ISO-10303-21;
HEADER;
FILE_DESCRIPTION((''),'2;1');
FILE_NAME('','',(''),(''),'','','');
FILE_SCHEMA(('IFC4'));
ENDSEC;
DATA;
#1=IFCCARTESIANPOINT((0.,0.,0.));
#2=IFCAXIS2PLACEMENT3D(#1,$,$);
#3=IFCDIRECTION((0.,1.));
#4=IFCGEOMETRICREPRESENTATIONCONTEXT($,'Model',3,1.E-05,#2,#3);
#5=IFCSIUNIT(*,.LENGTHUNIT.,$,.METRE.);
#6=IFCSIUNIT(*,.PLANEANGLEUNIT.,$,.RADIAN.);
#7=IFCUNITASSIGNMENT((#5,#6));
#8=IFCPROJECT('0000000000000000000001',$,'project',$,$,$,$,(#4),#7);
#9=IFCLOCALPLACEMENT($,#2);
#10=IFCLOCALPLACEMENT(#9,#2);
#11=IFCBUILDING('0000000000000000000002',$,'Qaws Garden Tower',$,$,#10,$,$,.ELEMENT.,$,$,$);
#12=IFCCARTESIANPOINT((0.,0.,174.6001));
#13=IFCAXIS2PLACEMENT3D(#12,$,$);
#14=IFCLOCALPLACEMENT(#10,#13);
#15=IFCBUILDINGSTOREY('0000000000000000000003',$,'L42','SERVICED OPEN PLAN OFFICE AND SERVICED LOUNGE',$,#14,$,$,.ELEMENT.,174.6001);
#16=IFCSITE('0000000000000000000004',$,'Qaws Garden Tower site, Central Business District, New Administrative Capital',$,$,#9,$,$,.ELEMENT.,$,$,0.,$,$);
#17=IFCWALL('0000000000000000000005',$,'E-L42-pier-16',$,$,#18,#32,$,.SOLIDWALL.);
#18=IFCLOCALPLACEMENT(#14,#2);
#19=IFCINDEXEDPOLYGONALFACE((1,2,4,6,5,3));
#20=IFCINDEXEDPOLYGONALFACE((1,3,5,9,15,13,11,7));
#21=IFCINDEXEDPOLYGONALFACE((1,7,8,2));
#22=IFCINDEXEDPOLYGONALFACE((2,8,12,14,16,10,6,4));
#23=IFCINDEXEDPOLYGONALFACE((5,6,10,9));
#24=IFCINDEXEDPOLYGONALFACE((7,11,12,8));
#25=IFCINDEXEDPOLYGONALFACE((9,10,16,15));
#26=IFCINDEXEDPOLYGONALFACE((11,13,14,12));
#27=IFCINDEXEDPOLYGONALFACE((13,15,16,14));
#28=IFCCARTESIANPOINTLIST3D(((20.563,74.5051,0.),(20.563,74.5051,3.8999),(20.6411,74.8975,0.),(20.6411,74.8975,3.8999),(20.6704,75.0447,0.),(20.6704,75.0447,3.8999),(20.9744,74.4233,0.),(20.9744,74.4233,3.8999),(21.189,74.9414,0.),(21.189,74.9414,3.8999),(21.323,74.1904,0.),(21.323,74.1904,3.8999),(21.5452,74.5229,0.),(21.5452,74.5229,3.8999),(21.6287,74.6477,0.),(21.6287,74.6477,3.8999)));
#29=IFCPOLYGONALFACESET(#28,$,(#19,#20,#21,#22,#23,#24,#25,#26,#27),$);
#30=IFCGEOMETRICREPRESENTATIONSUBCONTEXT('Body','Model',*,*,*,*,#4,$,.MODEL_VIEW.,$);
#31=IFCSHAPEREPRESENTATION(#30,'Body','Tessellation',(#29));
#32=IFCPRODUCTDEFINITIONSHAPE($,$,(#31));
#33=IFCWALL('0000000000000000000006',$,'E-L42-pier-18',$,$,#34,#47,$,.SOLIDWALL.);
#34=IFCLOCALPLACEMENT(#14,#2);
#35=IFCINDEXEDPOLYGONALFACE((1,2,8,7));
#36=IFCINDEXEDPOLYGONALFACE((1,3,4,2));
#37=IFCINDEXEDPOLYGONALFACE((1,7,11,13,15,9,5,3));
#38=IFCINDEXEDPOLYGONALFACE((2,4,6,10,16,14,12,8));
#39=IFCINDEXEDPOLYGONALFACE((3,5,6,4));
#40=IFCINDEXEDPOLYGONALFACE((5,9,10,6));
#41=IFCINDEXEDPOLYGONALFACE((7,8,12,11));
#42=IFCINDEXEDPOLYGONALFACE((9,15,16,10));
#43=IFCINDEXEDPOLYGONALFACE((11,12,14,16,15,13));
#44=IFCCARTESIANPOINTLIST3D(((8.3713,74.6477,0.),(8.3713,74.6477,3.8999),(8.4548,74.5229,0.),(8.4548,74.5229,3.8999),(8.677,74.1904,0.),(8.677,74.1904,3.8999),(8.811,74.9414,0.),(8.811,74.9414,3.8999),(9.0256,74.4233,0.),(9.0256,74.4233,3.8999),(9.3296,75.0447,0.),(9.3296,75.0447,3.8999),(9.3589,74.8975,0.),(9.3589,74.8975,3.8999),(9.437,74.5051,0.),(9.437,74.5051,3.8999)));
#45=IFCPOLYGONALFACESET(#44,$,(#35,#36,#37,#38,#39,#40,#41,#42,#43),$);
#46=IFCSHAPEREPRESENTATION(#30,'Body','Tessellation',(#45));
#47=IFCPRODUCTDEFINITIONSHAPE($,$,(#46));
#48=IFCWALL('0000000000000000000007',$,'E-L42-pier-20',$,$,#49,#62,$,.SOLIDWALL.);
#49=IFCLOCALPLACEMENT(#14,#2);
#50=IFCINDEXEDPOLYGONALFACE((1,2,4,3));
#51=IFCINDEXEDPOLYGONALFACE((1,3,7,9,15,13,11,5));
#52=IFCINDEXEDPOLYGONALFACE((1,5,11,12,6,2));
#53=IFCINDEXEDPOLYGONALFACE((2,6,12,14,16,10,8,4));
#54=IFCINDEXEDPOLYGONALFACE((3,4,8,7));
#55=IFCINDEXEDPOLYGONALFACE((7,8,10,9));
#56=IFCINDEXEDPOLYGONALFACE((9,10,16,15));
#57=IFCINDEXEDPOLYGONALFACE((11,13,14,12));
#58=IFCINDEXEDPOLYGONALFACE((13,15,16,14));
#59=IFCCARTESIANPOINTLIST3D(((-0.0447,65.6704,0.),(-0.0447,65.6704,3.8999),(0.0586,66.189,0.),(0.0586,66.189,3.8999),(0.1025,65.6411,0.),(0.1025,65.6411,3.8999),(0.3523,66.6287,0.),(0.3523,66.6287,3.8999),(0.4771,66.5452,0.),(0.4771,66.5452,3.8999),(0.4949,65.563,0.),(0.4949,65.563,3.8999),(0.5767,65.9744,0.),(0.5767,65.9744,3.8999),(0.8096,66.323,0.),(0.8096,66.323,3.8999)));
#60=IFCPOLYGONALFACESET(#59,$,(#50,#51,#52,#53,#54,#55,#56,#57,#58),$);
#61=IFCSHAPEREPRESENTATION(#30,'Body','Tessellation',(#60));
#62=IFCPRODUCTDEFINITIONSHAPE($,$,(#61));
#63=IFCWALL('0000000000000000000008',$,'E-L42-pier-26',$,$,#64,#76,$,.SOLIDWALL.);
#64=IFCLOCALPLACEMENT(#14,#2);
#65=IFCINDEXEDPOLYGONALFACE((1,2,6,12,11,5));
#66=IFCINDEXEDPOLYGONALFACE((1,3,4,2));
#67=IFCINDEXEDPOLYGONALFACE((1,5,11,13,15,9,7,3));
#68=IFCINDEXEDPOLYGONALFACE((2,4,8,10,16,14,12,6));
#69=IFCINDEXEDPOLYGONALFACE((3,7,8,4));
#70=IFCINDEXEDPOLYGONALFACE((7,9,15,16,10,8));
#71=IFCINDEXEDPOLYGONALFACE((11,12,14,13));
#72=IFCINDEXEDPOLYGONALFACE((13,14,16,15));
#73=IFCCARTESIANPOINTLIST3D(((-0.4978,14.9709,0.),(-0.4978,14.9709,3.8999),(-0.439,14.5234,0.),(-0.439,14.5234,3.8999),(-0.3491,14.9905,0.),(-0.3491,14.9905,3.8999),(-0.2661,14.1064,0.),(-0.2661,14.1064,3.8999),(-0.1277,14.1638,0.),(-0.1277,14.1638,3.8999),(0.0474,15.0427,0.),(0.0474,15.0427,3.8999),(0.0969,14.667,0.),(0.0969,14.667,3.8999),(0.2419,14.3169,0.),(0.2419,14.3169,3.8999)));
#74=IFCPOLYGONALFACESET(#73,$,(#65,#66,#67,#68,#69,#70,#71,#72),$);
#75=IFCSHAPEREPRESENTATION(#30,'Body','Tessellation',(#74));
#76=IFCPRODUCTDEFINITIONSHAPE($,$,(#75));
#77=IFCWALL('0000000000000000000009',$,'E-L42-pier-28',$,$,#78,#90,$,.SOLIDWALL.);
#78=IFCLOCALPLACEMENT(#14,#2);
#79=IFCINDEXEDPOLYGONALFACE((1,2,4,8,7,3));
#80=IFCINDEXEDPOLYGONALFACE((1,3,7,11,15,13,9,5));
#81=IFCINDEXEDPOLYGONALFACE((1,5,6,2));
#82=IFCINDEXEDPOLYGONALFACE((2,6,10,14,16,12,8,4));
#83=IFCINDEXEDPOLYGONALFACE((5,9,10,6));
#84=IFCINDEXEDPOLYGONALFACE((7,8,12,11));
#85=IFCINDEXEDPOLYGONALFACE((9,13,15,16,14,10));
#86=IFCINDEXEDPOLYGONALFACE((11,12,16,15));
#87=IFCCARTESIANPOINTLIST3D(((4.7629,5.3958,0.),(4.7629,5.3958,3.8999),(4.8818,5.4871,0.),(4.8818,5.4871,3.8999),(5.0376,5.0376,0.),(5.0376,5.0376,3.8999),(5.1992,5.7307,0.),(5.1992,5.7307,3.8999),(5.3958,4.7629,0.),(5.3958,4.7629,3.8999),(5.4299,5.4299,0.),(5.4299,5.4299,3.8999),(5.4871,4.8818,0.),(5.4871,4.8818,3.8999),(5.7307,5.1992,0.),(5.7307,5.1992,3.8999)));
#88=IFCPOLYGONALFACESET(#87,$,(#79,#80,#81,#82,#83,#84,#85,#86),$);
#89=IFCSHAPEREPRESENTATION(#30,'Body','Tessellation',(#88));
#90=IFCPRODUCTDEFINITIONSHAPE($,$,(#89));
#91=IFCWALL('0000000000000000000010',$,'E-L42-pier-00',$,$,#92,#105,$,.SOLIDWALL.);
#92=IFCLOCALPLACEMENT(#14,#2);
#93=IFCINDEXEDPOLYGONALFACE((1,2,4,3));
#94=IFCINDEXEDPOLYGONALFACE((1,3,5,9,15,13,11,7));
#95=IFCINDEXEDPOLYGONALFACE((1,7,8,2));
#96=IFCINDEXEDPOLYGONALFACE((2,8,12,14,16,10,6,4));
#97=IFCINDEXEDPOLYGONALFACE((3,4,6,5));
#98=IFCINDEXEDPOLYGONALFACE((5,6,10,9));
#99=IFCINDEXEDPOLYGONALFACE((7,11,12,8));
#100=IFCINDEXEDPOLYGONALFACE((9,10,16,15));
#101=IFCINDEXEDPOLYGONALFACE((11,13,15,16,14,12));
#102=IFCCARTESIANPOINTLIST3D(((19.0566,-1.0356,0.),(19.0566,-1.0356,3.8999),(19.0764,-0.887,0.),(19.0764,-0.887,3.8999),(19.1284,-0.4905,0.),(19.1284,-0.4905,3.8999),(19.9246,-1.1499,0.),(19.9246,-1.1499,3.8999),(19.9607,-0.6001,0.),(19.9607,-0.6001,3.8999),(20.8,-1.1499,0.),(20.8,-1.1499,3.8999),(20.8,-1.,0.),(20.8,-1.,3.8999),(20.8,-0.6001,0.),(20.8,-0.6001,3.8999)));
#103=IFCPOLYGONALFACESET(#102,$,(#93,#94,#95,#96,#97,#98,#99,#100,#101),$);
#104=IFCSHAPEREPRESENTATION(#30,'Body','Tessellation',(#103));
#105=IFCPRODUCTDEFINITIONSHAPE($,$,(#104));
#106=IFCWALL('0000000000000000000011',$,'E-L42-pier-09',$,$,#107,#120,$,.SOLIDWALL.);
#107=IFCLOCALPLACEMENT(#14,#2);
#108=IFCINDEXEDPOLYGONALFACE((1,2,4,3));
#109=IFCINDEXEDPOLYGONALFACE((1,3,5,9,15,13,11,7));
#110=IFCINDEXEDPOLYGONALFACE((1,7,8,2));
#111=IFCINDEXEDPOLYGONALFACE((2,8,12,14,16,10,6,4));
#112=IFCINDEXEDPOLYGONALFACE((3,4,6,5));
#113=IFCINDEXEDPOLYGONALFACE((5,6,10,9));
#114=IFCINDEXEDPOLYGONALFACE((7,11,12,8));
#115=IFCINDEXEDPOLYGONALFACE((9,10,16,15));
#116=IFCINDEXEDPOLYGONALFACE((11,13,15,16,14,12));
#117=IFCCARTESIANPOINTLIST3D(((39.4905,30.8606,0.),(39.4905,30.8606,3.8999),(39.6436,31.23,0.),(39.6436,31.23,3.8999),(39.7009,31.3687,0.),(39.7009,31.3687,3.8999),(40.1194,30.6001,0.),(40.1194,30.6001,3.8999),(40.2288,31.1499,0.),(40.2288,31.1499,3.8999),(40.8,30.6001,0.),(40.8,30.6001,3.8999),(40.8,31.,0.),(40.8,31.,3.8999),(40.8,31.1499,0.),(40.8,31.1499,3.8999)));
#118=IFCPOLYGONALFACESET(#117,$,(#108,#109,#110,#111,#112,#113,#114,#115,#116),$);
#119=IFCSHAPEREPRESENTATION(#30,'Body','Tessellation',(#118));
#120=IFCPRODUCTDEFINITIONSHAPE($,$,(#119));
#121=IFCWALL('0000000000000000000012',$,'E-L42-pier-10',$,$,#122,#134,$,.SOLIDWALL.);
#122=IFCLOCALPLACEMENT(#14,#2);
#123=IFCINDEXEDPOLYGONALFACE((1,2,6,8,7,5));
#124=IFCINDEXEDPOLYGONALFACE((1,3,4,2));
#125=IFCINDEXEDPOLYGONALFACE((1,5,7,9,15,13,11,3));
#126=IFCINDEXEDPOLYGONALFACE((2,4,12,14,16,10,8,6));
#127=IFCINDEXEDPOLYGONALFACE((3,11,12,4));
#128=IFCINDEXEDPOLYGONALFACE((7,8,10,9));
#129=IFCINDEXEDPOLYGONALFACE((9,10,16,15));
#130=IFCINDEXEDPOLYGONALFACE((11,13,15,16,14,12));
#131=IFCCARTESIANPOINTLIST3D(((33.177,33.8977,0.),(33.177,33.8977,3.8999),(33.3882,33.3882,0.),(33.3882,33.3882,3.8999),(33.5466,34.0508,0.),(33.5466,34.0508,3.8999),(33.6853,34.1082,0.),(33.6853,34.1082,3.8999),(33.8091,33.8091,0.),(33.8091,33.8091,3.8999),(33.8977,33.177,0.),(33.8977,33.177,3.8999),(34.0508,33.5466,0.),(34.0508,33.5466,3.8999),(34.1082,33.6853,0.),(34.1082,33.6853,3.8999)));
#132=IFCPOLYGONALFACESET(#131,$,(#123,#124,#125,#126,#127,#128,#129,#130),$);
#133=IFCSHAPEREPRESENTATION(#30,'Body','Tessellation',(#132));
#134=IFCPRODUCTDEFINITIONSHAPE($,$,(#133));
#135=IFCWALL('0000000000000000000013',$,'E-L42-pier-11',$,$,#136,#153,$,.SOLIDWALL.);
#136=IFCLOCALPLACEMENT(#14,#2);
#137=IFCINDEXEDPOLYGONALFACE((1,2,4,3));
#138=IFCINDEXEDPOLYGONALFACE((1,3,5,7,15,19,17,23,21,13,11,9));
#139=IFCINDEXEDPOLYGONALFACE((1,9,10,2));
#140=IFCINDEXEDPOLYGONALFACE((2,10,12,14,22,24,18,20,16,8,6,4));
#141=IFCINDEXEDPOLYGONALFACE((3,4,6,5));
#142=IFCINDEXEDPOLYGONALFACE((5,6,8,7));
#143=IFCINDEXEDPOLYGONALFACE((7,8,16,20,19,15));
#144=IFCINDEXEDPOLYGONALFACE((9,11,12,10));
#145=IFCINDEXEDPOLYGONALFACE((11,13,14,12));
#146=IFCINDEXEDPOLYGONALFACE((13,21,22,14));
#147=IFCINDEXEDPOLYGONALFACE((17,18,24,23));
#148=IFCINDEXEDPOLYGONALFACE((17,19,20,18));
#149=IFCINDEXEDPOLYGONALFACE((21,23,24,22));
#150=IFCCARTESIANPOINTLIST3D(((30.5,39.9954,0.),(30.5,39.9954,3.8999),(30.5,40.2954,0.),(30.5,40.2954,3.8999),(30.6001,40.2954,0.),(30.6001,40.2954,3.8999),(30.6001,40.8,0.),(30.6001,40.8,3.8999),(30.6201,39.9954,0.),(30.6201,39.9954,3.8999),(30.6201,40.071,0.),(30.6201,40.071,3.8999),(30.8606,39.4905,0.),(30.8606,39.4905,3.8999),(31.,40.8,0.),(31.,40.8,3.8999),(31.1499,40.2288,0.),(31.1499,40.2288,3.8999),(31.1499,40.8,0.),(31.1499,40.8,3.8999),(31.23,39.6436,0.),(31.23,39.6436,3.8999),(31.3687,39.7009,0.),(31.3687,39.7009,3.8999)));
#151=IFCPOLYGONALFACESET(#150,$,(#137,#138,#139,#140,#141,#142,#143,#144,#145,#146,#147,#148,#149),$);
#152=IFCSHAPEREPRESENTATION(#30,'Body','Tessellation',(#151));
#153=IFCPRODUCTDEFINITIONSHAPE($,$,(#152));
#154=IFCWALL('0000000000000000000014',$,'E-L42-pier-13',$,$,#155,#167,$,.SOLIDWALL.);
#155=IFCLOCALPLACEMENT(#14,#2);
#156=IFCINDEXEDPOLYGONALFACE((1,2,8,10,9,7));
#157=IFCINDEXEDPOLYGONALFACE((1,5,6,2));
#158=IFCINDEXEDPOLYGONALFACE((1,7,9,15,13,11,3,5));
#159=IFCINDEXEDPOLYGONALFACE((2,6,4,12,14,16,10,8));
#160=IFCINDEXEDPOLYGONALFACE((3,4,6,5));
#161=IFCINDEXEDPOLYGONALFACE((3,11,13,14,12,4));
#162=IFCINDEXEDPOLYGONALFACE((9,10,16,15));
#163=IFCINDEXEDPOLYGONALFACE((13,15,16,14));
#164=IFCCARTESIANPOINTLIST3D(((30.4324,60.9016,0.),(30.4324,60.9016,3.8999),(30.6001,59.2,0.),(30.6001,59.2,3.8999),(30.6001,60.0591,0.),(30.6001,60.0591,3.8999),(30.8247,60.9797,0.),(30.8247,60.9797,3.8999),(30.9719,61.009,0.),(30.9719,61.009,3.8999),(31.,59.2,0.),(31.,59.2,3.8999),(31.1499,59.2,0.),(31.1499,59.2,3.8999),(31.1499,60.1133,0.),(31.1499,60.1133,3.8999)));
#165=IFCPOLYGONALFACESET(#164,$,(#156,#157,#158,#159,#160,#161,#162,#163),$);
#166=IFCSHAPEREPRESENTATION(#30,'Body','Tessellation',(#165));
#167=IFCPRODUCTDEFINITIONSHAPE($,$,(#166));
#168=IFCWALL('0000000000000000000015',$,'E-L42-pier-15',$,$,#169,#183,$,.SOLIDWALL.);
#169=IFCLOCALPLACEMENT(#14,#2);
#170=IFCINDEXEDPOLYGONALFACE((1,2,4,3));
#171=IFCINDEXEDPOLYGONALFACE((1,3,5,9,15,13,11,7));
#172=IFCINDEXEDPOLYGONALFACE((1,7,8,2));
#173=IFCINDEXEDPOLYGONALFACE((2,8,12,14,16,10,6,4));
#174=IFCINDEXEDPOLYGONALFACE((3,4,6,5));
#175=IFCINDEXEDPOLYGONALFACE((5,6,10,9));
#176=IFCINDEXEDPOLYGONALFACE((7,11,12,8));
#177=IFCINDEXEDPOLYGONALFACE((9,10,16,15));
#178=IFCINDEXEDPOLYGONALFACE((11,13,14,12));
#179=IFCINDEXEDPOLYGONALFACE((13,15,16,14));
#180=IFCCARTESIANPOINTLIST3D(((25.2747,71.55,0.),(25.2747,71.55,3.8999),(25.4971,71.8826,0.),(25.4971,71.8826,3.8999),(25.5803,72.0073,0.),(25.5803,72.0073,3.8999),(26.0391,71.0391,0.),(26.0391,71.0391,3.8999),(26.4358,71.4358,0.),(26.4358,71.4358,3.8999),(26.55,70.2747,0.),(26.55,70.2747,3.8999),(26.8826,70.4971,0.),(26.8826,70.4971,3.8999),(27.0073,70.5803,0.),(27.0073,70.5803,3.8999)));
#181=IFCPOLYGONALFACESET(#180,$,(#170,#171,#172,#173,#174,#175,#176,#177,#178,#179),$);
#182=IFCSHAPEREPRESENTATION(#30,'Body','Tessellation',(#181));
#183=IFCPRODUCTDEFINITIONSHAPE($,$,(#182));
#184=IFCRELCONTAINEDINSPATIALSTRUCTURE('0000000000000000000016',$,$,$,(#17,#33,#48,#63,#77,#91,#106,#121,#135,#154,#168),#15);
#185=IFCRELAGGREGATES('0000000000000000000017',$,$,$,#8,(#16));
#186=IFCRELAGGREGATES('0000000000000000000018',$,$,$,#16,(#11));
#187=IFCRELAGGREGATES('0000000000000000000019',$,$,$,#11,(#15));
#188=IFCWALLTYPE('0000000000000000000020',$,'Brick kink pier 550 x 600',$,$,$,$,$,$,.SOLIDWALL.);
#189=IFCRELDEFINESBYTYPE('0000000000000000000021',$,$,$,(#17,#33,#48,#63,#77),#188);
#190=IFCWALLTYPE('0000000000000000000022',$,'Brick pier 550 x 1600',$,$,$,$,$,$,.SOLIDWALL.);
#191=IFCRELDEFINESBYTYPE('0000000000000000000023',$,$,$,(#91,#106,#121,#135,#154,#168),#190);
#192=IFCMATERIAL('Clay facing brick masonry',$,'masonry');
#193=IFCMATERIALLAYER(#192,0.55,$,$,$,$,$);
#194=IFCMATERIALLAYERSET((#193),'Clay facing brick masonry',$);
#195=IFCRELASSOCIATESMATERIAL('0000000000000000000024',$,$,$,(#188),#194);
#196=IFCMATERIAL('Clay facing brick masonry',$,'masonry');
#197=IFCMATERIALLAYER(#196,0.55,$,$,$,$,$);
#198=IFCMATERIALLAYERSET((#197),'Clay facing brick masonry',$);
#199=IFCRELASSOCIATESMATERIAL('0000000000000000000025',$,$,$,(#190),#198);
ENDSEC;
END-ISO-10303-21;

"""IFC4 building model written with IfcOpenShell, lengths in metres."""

from ifc_helpers import new_model, si_unit, direction, frame, origin, place, context, subcontext, project, spatial, polyline, outline, extrude, material, layer, layer_set, type_object, element, save


model = new_model("IFC4")

# Units and contexts
model_context = context("Model", 3, precision=1e-05, world=origin(), true_north=direction((0.0, 1.0)))
body_context = subcontext(model_context, "Body", "Model", "MODEL_VIEW")
ifc_project = project(units=[si_unit("LENGTHUNIT", "METRE"), si_unit("PLANEANGLEUNIT", "RADIAN")], contexts=[model_context])

# Site, building, storey
site_placement = place(None, origin())
site = spatial("IfcSite", under=ifc_project, at=site_placement, Name="Qaws Garden Tower site, Central Business District, New Administrative Capital", CompositionType="ELEMENT", RefElevation=0.0)
building_placement = place(site_placement, origin())
building = spatial("IfcBuilding", under=site, at=building_placement, Name="Qaws Garden Tower", CompositionType="ELEMENT")
storey_placement = place(building_placement, frame((0.0, 0.0, 174.6001)))
storey = spatial("IfcBuildingStorey", under=building, at=storey_placement, Name="L42", Description="SERVICED OPEN PLAN OFFICE AND SERVICED LOUNGE", CompositionType="ELEMENT", Elevation=174.6001)

# Walls
placement = place(storey_placement, origin())
ifc_material_1 = material(Name="Clay facing brick masonry", Category="masonry")
ifc_layer_1 = layer(ifc_material_1, 0.55)
ifc_layer_set_1 = layer_set([ifc_layer_1], Name="Clay facing brick masonry")
wall_type_1 = type_object("IfcWallType", Name="Brick kink pier 550 x 600", PredefinedType="SOLIDWALL", material=ifc_layer_set_1)
element("IfcWall", 1, at=placement, inside=storey, type_object=wall_type_1, Name="E-L42-pier-16", PredefinedType="SOLIDWALL", context=body_context, shape_type="SweptSolid", body=[
    extrude(outline(polyline([(21.5452, 74.5229), (21.6287, 74.6477), (21.189, 74.9414), (20.6704, 75.0447), (20.6411, 74.8975), (20.563, 74.5051), (20.9744, 74.4233), (21.323, 74.1904), (21.5452, 74.5229)])), origin(), (0.0, 0.0, 1.0), 3.8999),
])
element("IfcWall", 2, at=placement, inside=storey, type_object=wall_type_1, Name="E-L42-pier-18", PredefinedType="SOLIDWALL", context=body_context, shape_type="SweptSolid", body=[
    extrude(outline(polyline([(9.3589, 74.8975), (9.3296, 75.0447), (8.811, 74.9414), (8.3713, 74.6477), (8.4548, 74.5229), (8.677, 74.1904), (9.0256, 74.4233), (9.437, 74.5051), (9.3589, 74.8975)])), origin(), (0.0, 0.0, 1.0), 3.8999),
])
element("IfcWall", 3, at=placement, inside=storey, type_object=wall_type_1, Name="E-L42-pier-20", PredefinedType="SOLIDWALL", context=body_context, shape_type="SweptSolid", body=[
    extrude(outline(polyline([(0.4771, 66.5452), (0.3523, 66.6287), (0.0586, 66.189), (-0.0447, 65.6704), (0.1025, 65.6411), (0.4949, 65.563), (0.5767, 65.9744), (0.8096, 66.323), (0.4771, 66.5452)])), origin(), (0.0, 0.0, 1.0), 3.8999),
])
element("IfcWall", 4, at=placement, inside=storey, type_object=wall_type_1, Name="E-L42-pier-26", PredefinedType="SOLIDWALL", context=body_context, shape_type="SweptSolid", body=[
    extrude(outline(polyline([(-0.3491, 14.9905), (-0.4978, 14.9709), (-0.439, 14.5234), (-0.2661, 14.1064), (-0.1277, 14.1638), (0.2419, 14.3169), (0.0969, 14.667), (0.0474, 15.0427), (-0.3491, 14.9905)])), origin(), (0.0, 0.0, 1.0), 3.8999),
])
element("IfcWall", 5, at=placement, inside=storey, type_object=wall_type_1, Name="E-L42-pier-28", PredefinedType="SOLIDWALL", context=body_context, shape_type="SweptSolid", body=[
    extrude(outline(polyline([(4.8818, 5.4871), (4.7629, 5.3958), (5.0376, 5.0376), (5.3958, 4.7629), (5.4871, 4.8818), (5.7307, 5.1992), (5.4299, 5.4299), (5.1992, 5.7307), (4.8818, 5.4871)])), origin(), (0.0, 0.0, 1.0), 3.8999),
])
ifc_material_2 = material(Name="Clay facing brick masonry", Category="masonry")
ifc_layer_2 = layer(ifc_material_2, 0.55)
ifc_layer_set_2 = layer_set([ifc_layer_2], Name="Clay facing brick masonry")
wall_type_2 = type_object("IfcWallType", Name="Brick pier 550 x 1600", PredefinedType="SOLIDWALL", material=ifc_layer_set_2)
element("IfcWall", 6, at=placement, inside=storey, type_object=wall_type_2, Name="E-L42-pier-00", PredefinedType="SOLIDWALL", context=body_context, shape_type="SweptSolid", body=[
    extrude(outline(polyline([(19.0764, -0.887), (19.0566, -1.0356), (19.9246, -1.1499), (20.8, -1.1499), (20.8, -1.0), (20.8, -0.6001), (19.9607, -0.6001), (19.1284, -0.4905), (19.0764, -0.887)])), origin(), (0.0, 0.0, 1.0), 3.8999),
])
element("IfcWall", 7, at=placement, inside=storey, type_object=wall_type_2, Name="E-L42-pier-09", PredefinedType="SOLIDWALL", context=body_context, shape_type="SweptSolid", body=[
    extrude(outline(polyline([(40.8, 31.0), (40.8, 31.1499), (40.2288, 31.1499), (39.7009, 31.3687), (39.6436, 31.23), (39.4905, 30.8606), (40.1194, 30.6001), (40.8, 30.6001), (40.8, 31.0)])), origin(), (0.0, 0.0, 1.0), 3.8999),
])
element("IfcWall", 8, at=placement, inside=storey, type_object=wall_type_2, Name="E-L42-pier-10", PredefinedType="SOLIDWALL", context=body_context, shape_type="SweptSolid", body=[
    extrude(outline(polyline([(34.0508, 33.5466), (34.1082, 33.6853), (33.8091, 33.8091), (33.6853, 34.1082), (33.5466, 34.0508), (33.177, 33.8977), (33.3882, 33.3882), (33.8977, 33.177), (34.0508, 33.5466)])), origin(), (0.0, 0.0, 1.0), 3.8999),
])
element("IfcWall", 9, at=placement, inside=storey, type_object=wall_type_2, Name="E-L42-pier-11", PredefinedType="SOLIDWALL", context=body_context, shape_type="SweptSolid", body=[
    extrude(outline(polyline([(30.6201, 39.9954), (30.6201, 40.071), (30.8606, 39.4905), (31.23, 39.6436), (31.3687, 39.7009), (31.1499, 40.2288), (31.1499, 40.8), (31.0, 40.8), (30.6001, 40.8), (30.6001, 40.2954), (30.5, 40.2954), (30.5, 39.9954), (30.6201, 39.9954)])), origin(), (0.0, 0.0, 1.0), 3.8999),
])
element("IfcWall", 10, at=placement, inside=storey, type_object=wall_type_2, Name="E-L42-pier-13", PredefinedType="SOLIDWALL", context=body_context, shape_type="SweptSolid", body=[
    extrude(outline(polyline([(31.0, 59.2), (31.1499, 59.2), (31.1499, 60.1133), (30.9719, 61.009), (30.8247, 60.9797), (30.4324, 60.9016), (30.6001, 60.0591), (30.6001, 59.2), (31.0, 59.2)])), origin(), (0.0, 0.0, 1.0), 3.8999),
])
element("IfcWall", 11, at=placement, inside=storey, type_object=wall_type_2, Name="E-L42-pier-15", PredefinedType="SOLIDWALL", context=body_context, shape_type="SweptSolid", body=[
    extrude(outline(polyline([(26.8826, 70.4971), (27.0073, 70.5803), (26.4358, 71.4358), (25.5803, 72.0073), (25.4971, 71.8826), (25.2747, 71.55), (26.0391, 71.0391), (26.55, 70.2747), (26.8826, 70.4971)])), origin(), (0.0, 0.0, 1.0), 3.8999),
])

save(model, "model.ifc")
